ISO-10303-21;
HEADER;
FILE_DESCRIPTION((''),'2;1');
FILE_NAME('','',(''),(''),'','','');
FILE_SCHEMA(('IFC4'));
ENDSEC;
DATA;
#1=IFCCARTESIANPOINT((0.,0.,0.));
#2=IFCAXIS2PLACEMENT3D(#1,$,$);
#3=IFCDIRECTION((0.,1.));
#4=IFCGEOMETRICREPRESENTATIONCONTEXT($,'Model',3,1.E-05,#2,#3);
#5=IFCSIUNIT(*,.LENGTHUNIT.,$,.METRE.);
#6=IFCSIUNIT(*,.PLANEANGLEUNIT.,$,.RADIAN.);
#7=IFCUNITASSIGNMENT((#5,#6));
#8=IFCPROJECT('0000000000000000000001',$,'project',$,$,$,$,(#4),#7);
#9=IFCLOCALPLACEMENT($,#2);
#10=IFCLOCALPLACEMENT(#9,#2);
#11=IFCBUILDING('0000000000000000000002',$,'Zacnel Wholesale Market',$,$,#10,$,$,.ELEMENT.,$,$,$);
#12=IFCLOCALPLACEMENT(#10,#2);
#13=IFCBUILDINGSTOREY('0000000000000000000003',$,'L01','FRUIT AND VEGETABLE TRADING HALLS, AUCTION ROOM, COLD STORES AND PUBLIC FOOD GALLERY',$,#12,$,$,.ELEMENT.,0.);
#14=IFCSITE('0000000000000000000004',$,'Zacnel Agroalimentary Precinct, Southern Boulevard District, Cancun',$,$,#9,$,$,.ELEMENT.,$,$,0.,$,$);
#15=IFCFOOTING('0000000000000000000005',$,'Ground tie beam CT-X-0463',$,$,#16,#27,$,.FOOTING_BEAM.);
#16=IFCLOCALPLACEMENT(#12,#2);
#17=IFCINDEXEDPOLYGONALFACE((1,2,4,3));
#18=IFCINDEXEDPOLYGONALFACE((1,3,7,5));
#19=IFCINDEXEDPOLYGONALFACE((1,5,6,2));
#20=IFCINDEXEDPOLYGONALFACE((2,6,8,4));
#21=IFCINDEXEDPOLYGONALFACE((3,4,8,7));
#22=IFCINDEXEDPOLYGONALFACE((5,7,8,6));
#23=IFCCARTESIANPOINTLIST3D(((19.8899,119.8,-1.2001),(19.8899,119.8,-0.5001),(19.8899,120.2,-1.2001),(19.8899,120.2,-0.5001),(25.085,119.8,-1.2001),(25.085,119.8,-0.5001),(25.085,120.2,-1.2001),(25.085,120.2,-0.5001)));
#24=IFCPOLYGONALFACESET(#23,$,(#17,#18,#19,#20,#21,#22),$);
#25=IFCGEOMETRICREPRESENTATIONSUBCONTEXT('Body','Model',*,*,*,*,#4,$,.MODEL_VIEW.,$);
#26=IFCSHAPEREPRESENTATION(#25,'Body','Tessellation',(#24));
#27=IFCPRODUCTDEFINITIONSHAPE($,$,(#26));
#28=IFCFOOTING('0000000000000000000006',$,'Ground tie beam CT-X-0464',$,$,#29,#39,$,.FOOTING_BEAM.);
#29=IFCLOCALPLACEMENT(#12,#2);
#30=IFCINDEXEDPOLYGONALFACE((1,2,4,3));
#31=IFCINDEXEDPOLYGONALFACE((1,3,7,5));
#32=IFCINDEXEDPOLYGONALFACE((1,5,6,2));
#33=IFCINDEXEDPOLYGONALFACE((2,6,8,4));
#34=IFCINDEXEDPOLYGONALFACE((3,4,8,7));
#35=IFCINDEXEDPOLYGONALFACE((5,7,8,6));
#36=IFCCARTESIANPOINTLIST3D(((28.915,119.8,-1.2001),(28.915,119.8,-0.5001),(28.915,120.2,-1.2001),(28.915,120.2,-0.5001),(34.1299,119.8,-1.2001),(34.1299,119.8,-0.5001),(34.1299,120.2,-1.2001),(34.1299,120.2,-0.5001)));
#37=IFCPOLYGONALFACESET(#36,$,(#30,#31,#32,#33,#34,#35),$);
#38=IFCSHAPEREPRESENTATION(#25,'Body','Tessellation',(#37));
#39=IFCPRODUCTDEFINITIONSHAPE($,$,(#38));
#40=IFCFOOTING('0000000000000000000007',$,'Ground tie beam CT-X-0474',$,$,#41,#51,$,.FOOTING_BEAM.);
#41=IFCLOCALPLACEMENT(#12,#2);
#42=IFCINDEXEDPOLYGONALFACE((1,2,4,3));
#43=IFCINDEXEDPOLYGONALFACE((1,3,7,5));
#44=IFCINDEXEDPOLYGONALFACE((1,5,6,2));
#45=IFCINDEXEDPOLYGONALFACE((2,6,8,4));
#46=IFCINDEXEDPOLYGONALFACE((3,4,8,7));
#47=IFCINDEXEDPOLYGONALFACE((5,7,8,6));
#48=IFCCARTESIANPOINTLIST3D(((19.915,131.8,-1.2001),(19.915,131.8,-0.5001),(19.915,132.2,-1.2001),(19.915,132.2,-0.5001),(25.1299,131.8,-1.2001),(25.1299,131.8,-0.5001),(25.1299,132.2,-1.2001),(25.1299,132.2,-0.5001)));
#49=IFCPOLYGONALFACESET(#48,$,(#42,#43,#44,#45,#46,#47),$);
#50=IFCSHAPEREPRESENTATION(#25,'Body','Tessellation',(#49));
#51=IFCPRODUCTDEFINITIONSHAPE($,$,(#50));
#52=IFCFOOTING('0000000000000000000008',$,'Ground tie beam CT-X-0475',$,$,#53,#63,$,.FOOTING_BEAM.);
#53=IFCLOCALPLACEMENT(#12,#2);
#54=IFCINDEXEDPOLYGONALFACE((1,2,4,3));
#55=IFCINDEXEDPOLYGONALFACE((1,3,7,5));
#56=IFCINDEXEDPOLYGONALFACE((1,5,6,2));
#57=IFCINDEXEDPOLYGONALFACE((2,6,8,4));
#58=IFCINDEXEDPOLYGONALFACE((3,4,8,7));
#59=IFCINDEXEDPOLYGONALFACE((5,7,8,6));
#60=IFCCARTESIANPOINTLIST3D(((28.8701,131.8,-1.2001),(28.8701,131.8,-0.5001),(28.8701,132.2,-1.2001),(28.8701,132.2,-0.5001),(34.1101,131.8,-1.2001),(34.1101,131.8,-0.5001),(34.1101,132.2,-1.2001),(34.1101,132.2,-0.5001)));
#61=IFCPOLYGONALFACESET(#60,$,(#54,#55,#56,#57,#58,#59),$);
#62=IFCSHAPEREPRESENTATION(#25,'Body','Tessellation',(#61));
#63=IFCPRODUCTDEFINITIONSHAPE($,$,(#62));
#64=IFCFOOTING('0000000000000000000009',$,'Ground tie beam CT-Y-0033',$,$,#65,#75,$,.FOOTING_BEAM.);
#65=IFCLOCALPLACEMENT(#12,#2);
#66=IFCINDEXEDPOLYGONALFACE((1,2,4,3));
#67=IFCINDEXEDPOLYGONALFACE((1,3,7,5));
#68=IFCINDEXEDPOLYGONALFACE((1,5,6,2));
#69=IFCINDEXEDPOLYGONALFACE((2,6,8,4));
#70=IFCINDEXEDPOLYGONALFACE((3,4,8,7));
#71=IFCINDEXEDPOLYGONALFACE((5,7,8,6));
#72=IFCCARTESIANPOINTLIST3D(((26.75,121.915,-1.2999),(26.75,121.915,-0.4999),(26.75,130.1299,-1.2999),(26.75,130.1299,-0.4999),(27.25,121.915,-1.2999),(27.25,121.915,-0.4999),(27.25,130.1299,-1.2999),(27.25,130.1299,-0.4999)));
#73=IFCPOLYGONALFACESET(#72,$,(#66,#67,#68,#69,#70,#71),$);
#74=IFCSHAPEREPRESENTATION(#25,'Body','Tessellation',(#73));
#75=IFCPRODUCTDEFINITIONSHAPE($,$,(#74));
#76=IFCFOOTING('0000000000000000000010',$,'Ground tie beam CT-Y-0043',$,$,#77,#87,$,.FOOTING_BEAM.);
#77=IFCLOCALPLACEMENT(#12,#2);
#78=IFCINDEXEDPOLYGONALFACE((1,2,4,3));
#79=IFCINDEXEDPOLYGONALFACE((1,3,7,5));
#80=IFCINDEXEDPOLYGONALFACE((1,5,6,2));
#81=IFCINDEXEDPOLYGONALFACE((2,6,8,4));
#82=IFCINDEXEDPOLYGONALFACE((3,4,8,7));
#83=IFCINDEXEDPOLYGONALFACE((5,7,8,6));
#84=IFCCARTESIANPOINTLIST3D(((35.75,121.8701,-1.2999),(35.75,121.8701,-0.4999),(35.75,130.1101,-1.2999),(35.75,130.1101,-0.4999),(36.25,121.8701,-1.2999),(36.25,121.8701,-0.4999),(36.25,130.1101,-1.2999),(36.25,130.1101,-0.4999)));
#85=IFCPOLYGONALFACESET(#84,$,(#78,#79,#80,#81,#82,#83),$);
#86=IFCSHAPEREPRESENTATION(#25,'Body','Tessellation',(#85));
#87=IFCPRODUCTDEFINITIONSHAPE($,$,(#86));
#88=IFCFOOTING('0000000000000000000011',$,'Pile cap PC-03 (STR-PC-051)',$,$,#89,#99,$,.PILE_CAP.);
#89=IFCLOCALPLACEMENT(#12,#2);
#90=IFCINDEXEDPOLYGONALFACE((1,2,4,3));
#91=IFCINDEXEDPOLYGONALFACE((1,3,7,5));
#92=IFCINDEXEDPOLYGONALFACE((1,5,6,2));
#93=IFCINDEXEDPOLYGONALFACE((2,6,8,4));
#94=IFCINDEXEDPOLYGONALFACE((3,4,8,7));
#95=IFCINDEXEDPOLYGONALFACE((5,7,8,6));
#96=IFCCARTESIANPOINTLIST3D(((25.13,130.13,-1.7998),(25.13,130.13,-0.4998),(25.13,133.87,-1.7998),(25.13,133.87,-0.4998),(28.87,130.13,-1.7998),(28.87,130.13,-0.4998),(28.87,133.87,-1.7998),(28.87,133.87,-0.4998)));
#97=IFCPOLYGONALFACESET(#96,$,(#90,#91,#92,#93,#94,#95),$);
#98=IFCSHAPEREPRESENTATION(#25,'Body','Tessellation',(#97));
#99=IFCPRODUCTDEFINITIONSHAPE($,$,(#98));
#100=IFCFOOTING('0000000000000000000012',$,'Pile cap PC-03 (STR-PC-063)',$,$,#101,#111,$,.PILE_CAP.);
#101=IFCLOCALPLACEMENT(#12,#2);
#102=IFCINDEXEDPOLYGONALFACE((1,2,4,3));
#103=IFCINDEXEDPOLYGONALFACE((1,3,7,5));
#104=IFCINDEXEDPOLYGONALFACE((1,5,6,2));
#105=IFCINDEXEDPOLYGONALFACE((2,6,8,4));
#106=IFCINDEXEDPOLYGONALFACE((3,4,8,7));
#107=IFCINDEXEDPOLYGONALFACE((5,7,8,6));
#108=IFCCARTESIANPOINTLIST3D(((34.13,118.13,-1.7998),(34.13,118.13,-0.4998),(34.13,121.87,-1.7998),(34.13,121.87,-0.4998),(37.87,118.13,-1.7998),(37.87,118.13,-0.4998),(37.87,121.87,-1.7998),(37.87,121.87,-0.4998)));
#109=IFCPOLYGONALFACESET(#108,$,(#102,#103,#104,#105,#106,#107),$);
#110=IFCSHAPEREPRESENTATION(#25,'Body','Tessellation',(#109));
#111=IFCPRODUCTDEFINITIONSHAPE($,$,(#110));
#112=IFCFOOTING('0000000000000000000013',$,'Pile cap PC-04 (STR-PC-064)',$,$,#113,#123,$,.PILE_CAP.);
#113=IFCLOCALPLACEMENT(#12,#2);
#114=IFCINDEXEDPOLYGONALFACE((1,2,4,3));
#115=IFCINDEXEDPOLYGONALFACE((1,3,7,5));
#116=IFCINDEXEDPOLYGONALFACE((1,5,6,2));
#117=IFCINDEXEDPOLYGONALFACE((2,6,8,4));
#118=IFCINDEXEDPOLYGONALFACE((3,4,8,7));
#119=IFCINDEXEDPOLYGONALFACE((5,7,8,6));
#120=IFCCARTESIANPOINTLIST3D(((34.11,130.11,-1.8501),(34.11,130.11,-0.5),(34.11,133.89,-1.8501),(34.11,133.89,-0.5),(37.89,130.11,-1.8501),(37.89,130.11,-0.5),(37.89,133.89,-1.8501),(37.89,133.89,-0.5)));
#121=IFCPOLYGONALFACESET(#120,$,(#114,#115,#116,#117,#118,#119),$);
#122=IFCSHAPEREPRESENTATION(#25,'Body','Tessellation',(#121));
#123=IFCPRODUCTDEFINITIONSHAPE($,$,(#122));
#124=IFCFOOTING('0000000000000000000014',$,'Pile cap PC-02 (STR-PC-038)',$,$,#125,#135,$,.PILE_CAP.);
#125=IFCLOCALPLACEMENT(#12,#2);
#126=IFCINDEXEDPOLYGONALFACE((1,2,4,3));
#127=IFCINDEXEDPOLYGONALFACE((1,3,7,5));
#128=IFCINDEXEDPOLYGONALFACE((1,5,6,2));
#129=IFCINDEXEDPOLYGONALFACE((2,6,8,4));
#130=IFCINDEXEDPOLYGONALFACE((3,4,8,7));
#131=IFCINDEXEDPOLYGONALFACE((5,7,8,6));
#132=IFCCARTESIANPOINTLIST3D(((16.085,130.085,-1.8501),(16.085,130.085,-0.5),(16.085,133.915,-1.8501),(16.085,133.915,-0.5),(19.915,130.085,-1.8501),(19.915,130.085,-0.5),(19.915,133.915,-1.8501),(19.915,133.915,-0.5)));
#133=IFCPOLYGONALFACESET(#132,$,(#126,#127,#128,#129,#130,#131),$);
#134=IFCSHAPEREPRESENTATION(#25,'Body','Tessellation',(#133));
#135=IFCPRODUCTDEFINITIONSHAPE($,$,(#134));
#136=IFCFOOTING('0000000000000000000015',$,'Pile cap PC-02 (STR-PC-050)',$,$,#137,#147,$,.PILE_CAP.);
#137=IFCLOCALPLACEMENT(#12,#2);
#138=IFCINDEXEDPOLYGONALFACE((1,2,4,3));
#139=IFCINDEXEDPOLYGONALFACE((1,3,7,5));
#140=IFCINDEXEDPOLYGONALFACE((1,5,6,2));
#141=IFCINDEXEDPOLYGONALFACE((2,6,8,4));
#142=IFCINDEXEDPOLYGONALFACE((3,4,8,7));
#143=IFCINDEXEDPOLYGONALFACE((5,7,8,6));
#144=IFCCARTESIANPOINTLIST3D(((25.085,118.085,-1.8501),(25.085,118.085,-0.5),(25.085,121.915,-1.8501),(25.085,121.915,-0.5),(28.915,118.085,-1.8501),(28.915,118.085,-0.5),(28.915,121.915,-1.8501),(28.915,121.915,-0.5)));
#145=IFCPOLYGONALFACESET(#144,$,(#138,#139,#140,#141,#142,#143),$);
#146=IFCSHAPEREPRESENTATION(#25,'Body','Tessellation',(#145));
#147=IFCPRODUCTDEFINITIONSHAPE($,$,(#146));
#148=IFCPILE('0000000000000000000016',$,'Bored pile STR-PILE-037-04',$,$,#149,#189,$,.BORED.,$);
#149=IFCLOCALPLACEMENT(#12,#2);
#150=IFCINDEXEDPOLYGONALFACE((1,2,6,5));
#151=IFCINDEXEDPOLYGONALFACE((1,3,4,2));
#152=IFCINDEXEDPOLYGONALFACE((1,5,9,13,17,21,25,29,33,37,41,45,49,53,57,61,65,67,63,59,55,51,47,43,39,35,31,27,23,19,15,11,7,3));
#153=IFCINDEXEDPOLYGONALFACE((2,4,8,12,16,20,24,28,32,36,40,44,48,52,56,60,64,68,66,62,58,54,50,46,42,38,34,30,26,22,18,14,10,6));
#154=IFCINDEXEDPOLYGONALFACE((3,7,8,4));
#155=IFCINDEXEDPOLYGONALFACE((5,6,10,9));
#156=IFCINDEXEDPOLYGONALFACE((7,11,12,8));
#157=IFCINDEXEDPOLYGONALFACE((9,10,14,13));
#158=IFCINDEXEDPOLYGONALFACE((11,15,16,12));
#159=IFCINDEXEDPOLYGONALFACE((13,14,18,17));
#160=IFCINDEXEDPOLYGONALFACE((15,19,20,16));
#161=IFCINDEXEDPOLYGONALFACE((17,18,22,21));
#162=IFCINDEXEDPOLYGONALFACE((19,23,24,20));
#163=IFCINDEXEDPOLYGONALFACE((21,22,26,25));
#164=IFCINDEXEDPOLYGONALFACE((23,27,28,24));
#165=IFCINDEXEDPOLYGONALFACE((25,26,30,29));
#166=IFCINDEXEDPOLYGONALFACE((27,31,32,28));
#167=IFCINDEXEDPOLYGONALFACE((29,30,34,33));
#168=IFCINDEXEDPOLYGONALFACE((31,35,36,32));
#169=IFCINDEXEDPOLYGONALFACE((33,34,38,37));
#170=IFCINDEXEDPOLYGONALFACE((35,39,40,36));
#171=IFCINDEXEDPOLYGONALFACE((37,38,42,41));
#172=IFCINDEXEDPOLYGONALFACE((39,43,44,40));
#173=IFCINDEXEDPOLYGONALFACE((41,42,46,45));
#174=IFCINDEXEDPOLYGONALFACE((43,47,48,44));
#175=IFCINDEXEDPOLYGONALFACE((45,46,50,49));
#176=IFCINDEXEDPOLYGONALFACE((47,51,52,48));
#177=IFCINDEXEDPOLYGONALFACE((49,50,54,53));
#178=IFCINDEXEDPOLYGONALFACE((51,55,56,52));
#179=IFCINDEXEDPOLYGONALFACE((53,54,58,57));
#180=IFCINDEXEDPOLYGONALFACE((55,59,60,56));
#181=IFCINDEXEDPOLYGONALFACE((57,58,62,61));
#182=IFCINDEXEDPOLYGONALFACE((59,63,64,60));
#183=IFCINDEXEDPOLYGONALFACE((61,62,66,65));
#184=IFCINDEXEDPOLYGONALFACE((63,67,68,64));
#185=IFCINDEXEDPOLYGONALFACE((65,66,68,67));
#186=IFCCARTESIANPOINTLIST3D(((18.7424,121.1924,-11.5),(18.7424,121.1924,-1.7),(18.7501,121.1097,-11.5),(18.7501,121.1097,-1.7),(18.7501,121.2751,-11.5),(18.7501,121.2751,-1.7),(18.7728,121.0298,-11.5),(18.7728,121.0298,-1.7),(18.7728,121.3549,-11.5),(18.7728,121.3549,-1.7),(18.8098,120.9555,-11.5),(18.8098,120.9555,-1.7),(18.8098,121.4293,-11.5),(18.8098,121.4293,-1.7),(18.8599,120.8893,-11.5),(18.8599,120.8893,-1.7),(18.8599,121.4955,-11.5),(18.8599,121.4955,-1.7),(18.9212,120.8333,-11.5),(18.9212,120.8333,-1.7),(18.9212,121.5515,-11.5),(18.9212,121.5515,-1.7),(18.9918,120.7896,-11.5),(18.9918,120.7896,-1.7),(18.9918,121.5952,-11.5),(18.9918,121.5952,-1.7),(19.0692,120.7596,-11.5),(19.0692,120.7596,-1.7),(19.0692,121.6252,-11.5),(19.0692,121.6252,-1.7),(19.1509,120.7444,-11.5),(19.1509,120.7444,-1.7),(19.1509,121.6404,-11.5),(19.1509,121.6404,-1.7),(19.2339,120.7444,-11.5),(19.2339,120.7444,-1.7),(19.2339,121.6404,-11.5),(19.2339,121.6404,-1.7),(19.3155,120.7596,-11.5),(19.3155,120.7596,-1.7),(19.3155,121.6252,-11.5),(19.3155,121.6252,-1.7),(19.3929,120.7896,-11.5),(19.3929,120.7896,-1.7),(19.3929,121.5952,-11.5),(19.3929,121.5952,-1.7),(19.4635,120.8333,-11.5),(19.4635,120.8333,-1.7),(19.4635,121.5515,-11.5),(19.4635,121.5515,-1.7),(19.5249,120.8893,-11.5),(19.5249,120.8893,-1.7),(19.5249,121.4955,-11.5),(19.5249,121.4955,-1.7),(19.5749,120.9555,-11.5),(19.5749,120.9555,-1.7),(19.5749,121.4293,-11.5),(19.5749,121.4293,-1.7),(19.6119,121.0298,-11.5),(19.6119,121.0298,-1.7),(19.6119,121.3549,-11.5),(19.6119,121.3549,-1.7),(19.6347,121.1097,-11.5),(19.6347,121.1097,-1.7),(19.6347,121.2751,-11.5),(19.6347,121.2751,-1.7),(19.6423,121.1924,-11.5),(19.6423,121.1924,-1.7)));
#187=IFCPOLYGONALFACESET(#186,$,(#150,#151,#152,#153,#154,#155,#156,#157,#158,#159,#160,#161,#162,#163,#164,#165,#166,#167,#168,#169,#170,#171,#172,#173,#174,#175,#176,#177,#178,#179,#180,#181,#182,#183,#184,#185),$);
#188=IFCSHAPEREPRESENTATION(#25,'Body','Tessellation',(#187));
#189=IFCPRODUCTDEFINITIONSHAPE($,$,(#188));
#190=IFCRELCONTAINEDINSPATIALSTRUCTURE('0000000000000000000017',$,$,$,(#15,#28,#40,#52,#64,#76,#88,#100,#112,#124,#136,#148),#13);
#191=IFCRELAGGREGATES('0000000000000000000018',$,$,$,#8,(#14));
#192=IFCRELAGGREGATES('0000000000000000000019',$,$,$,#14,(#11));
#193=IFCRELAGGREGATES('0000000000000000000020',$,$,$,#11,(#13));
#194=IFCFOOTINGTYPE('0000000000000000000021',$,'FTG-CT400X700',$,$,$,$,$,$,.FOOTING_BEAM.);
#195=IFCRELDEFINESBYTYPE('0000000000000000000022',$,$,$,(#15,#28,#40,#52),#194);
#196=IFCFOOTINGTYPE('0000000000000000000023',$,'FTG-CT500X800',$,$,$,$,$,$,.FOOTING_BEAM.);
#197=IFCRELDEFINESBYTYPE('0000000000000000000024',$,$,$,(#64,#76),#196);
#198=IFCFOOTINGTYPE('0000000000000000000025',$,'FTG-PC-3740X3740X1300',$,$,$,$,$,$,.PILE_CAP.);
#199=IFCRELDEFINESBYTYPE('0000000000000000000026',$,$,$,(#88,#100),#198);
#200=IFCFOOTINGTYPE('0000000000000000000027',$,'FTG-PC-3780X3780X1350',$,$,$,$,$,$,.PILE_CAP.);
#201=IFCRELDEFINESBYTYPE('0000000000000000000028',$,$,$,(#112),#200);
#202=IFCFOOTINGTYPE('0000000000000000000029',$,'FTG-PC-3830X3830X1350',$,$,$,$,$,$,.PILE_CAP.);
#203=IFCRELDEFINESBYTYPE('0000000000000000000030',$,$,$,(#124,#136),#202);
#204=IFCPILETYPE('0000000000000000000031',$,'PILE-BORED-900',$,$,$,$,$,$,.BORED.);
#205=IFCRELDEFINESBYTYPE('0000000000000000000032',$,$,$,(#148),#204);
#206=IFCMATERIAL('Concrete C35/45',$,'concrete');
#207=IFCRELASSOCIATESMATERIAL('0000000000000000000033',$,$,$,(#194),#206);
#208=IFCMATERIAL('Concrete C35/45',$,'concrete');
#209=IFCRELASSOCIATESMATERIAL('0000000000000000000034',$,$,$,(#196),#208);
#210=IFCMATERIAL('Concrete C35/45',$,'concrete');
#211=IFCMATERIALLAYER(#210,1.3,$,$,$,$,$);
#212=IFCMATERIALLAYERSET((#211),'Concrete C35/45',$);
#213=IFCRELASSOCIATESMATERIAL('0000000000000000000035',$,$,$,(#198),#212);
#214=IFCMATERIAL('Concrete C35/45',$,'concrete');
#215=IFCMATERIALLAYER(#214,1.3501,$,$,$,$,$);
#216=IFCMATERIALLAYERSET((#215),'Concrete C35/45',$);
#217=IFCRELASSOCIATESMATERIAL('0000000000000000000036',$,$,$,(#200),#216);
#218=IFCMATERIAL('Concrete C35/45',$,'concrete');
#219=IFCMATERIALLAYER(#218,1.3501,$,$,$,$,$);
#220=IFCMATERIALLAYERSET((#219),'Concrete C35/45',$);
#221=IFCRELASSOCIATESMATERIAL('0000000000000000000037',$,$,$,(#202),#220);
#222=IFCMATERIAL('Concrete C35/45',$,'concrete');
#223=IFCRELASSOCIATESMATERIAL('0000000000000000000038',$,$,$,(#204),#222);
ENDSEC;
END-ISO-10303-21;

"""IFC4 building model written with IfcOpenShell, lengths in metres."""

from ifc_helpers import new_model, si_unit, direction, frame, origin, origin_2d, place, context, subcontext, project, spatial, rectangle, circle, extrude, material, layer, layer_set, material_profile, profile_set, type_object, element, save


model = new_model("IFC4")

# Units and contexts
model_context = context("Model", 3, precision=1e-05, world=origin(), true_north=direction((0.0, 1.0)))
body_context = subcontext(model_context, "Body", "Model", "MODEL_VIEW")
ifc_project = project(units=[si_unit("LENGTHUNIT", "METRE"), si_unit("PLANEANGLEUNIT", "RADIAN")], contexts=[model_context])

# Site, building, storey
site_placement = place(None, origin())
site = spatial("IfcSite", under=ifc_project, at=site_placement, Name="Zacnel Agroalimentary Precinct, Southern Boulevard District, Cancun", CompositionType="ELEMENT", RefElevation=0.0)
building_placement = place(site_placement, origin())
building = spatial("IfcBuilding", under=site, at=building_placement, Name="Zacnel Wholesale Market", CompositionType="ELEMENT")
storey_placement = place(building_placement, origin())
storey = spatial("IfcBuildingStorey", under=building, at=storey_placement, Name="L01", Description="FRUIT AND VEGETABLE TRADING HALLS, AUCTION ROOM, COLD STORES AND PUBLIC FOOD GALLERY", CompositionType="ELEMENT", Elevation=0.0)

# Footings
ifc_material_1 = material(Name="Concrete C35/45", Category="concrete")
ifc_material_profile_1 = material_profile(ifc_material_1, rectangle(XDim=0.3999, YDim=0.7, at=origin_2d()), Name="CT 400x700")
ifc_profile_set_1 = profile_set([ifc_material_profile_1], Name="Concrete C35/45")
footing_type_1 = type_object("IfcFootingType", Name="FTG-CT400X700", PredefinedType="FOOTING_BEAM", material=ifc_profile_set_1)
footing_1_placement = place(storey_placement, frame((19.8899, 120.0, -0.8501), z_axis=(1.0, 0.0, 0.0), x_axis=(0.0, 1.0, 0.0)))
element("IfcFooting", 1, at=footing_1_placement, inside=storey, type_object=footing_type_1, Name="Ground tie beam CT-X-0463", PredefinedType="FOOTING_BEAM", context=body_context, shape_type="SweptSolid", body=[
    extrude(rectangle(XDim=0.3999, YDim=0.7, at=origin_2d()), origin(), (0.0, 0.0, 1.0), 5.1951),
])
for number, where, z_axis, x_axis, name in (
    (2, (28.915, 120.0, -0.8501), (1.0, 0.0, 0.0), (0.0, 1.0, 0.0), "Ground tie beam CT-X-0464"),
    (3, (19.915, 132.0, -0.8501), (1.0, 0.0, 0.0), (0.0, 1.0, 0.0), "Ground tie beam CT-X-0474"),
):
    element("IfcFooting", number, at=place(storey_placement, frame(where, z_axis=z_axis, x_axis=x_axis)), inside=storey, type_object=footing_type_1, Name=name, PredefinedType="FOOTING_BEAM", context=body_context, shape_type="SweptSolid", body=[
        extrude(rectangle(XDim=0.3999, YDim=0.7, at=origin_2d()), origin(), (0.0, 0.0, 1.0), 5.2148),
    ])
footing_2_placement = place(storey_placement, frame((28.8701, 132.0, -0.8501), z_axis=(1.0, 0.0, 0.0), x_axis=(0.0, 1.0, 0.0)))
element("IfcFooting", 4, at=footing_2_placement, inside=storey, type_object=footing_type_1, Name="Ground tie beam CT-X-0475", PredefinedType="FOOTING_BEAM", context=body_context, shape_type="SweptSolid", body=[
    extrude(rectangle(XDim=0.3999, YDim=0.7, at=origin_2d()), origin(), (0.0, 0.0, 1.0), 5.24),
])
ifc_material_2 = material(Name="Concrete C35/45", Category="concrete")
ifc_material_profile_2 = material_profile(ifc_material_2, rectangle(XDim=0.5, YDim=0.8, at=origin_2d()), Name="CT 500x800")
ifc_profile_set_2 = profile_set([ifc_material_profile_2], Name="Concrete C35/45")
footing_type_2 = type_object("IfcFootingType", Name="FTG-CT500X800", PredefinedType="FOOTING_BEAM", material=ifc_profile_set_2)
footing_3_placement = place(storey_placement, frame((27.0, 121.915, -0.8999), z_axis=(0.0, 1.0, 0.0), x_axis=(-1.0, 0.0, 0.0)))
element("IfcFooting", 5, at=footing_3_placement, inside=storey, type_object=footing_type_2, Name="Ground tie beam CT-Y-0033", PredefinedType="FOOTING_BEAM", context=body_context, shape_type="SweptSolid", body=[
    extrude(rectangle(XDim=0.5, YDim=0.8, at=origin_2d()), origin(), (0.0, 0.0, 1.0), 8.2148),
])
footing_4_placement = place(storey_placement, frame((36.0, 121.8701, -0.8999), z_axis=(0.0, 1.0, 0.0), x_axis=(-1.0, 0.0, 0.0)))
element("IfcFooting", 6, at=footing_4_placement, inside=storey, type_object=footing_type_2, Name="Ground tie beam CT-Y-0043", PredefinedType="FOOTING_BEAM", context=body_context, shape_type="SweptSolid", body=[
    extrude(rectangle(XDim=0.5, YDim=0.8, at=origin_2d()), origin(), (0.0, 0.0, 1.0), 8.24),
])
ifc_material_3 = material(Name="Concrete C35/45", Category="concrete")
ifc_layer_1 = layer(ifc_material_3, 1.3)
ifc_layer_set_1 = layer_set([ifc_layer_1], Name="Concrete C35/45")
footing_type_3 = type_object("IfcFootingType", Name="FTG-PC-3740X3740X1300", PredefinedType="PILE_CAP", material=ifc_layer_set_1)
for number, where, z_axis, x_axis, name in (
    (7, (27.0, 132.0, -1.7998), (0.0, 0.0, 1.0), (1.0, 0.0, 0.0), "Pile cap PC-03 (STR-PC-051)"),
    (8, (36.0, 120.0, -1.7998), (0.0, 0.0, 1.0), (1.0, 0.0, 0.0), "Pile cap PC-03 (STR-PC-063)"),
):
    element("IfcFooting", number, at=place(storey_placement, frame(where, z_axis=z_axis, x_axis=x_axis)), inside=storey, type_object=footing_type_3, Name=name, PredefinedType="PILE_CAP", context=body_context, shape_type="SweptSolid", body=[
        extrude(rectangle(XDim=3.74, YDim=3.74, at=origin_2d()), origin(), (0.0, 0.0, 1.0), 1.3),
    ])
ifc_material_4 = material(Name="Concrete C35/45", Category="concrete")
ifc_layer_2 = layer(ifc_material_4, 1.3501)
ifc_layer_set_2 = layer_set([ifc_layer_2], Name="Concrete C35/45")
footing_type_4 = type_object("IfcFootingType", Name="FTG-PC-3780X3780X1350", PredefinedType="PILE_CAP", material=ifc_layer_set_2)
footing_5_placement = place(storey_placement, frame((36.0, 132.0, -1.8501), z_axis=(0.0, 0.0, 1.0), x_axis=(1.0, 0.0, 0.0)))
element("IfcFooting", 9, at=footing_5_placement, inside=storey, type_object=footing_type_4, Name="Pile cap PC-04 (STR-PC-064)", PredefinedType="PILE_CAP", context=body_context, shape_type="SweptSolid", body=[
    extrude(rectangle(XDim=3.78, YDim=3.78, at=origin_2d()), origin(), (0.0, 0.0, 1.0), 1.3501),
])
ifc_material_5 = material(Name="Concrete C35/45", Category="concrete")
ifc_layer_3 = layer(ifc_material_5, 1.3501)
ifc_layer_set_3 = layer_set([ifc_layer_3], Name="Concrete C35/45")
footing_type_5 = type_object("IfcFootingType", Name="FTG-PC-3830X3830X1350", PredefinedType="PILE_CAP", material=ifc_layer_set_3)
for number, where, z_axis, x_axis, name in (
    (10, (18.0, 132.0, -1.8501), (0.0, 0.0, 1.0), (1.0, 0.0, 0.0), "Pile cap PC-02 (STR-PC-038)"),
    (11, (27.0, 120.0, -1.8501), (0.0, 0.0, 1.0), (1.0, 0.0, 0.0), "Pile cap PC-02 (STR-PC-050)"),
):
    element("IfcFooting", number, at=place(storey_placement, frame(where, z_axis=z_axis, x_axis=x_axis)), inside=storey, type_object=footing_type_5, Name=name, PredefinedType="PILE_CAP", context=body_context, shape_type="SweptSolid", body=[
        extrude(rectangle(XDim=3.8301, YDim=3.8301, at=origin_2d()), origin(), (0.0, 0.0, 1.0), 1.3501),
    ])

# Pile
ifc_material_6 = material(Name="Concrete C35/45", Category="concrete")
ifc_material_profile_3 = material_profile(ifc_material_6, circle(Radius=0.45, at=origin_2d()), Name="BORED PILE D900")
ifc_profile_set_3 = profile_set([ifc_material_profile_3], Name="Concrete C35/45")
pile_type = type_object("IfcPileType", Name="PILE-BORED-900", PredefinedType="BORED", material=ifc_profile_set_3)
pile_placement = place(storey_placement, frame((19.1924, 121.1924, -1.7), z_axis=(0.0, 0.0, -1.0), x_axis=(1.0, 0.0, 0.0)))
element("IfcPile", 12, at=pile_placement, inside=storey, type_object=pile_type, Name="Bored pile STR-PILE-037-04", PredefinedType="BORED", context=body_context, shape_type="SweptSolid", body=[
    extrude(circle(Radius=0.45, at=origin_2d()), origin(), (0.0, 0.0, 1.0), 9.8),
])

save(model, "model.ifc")
